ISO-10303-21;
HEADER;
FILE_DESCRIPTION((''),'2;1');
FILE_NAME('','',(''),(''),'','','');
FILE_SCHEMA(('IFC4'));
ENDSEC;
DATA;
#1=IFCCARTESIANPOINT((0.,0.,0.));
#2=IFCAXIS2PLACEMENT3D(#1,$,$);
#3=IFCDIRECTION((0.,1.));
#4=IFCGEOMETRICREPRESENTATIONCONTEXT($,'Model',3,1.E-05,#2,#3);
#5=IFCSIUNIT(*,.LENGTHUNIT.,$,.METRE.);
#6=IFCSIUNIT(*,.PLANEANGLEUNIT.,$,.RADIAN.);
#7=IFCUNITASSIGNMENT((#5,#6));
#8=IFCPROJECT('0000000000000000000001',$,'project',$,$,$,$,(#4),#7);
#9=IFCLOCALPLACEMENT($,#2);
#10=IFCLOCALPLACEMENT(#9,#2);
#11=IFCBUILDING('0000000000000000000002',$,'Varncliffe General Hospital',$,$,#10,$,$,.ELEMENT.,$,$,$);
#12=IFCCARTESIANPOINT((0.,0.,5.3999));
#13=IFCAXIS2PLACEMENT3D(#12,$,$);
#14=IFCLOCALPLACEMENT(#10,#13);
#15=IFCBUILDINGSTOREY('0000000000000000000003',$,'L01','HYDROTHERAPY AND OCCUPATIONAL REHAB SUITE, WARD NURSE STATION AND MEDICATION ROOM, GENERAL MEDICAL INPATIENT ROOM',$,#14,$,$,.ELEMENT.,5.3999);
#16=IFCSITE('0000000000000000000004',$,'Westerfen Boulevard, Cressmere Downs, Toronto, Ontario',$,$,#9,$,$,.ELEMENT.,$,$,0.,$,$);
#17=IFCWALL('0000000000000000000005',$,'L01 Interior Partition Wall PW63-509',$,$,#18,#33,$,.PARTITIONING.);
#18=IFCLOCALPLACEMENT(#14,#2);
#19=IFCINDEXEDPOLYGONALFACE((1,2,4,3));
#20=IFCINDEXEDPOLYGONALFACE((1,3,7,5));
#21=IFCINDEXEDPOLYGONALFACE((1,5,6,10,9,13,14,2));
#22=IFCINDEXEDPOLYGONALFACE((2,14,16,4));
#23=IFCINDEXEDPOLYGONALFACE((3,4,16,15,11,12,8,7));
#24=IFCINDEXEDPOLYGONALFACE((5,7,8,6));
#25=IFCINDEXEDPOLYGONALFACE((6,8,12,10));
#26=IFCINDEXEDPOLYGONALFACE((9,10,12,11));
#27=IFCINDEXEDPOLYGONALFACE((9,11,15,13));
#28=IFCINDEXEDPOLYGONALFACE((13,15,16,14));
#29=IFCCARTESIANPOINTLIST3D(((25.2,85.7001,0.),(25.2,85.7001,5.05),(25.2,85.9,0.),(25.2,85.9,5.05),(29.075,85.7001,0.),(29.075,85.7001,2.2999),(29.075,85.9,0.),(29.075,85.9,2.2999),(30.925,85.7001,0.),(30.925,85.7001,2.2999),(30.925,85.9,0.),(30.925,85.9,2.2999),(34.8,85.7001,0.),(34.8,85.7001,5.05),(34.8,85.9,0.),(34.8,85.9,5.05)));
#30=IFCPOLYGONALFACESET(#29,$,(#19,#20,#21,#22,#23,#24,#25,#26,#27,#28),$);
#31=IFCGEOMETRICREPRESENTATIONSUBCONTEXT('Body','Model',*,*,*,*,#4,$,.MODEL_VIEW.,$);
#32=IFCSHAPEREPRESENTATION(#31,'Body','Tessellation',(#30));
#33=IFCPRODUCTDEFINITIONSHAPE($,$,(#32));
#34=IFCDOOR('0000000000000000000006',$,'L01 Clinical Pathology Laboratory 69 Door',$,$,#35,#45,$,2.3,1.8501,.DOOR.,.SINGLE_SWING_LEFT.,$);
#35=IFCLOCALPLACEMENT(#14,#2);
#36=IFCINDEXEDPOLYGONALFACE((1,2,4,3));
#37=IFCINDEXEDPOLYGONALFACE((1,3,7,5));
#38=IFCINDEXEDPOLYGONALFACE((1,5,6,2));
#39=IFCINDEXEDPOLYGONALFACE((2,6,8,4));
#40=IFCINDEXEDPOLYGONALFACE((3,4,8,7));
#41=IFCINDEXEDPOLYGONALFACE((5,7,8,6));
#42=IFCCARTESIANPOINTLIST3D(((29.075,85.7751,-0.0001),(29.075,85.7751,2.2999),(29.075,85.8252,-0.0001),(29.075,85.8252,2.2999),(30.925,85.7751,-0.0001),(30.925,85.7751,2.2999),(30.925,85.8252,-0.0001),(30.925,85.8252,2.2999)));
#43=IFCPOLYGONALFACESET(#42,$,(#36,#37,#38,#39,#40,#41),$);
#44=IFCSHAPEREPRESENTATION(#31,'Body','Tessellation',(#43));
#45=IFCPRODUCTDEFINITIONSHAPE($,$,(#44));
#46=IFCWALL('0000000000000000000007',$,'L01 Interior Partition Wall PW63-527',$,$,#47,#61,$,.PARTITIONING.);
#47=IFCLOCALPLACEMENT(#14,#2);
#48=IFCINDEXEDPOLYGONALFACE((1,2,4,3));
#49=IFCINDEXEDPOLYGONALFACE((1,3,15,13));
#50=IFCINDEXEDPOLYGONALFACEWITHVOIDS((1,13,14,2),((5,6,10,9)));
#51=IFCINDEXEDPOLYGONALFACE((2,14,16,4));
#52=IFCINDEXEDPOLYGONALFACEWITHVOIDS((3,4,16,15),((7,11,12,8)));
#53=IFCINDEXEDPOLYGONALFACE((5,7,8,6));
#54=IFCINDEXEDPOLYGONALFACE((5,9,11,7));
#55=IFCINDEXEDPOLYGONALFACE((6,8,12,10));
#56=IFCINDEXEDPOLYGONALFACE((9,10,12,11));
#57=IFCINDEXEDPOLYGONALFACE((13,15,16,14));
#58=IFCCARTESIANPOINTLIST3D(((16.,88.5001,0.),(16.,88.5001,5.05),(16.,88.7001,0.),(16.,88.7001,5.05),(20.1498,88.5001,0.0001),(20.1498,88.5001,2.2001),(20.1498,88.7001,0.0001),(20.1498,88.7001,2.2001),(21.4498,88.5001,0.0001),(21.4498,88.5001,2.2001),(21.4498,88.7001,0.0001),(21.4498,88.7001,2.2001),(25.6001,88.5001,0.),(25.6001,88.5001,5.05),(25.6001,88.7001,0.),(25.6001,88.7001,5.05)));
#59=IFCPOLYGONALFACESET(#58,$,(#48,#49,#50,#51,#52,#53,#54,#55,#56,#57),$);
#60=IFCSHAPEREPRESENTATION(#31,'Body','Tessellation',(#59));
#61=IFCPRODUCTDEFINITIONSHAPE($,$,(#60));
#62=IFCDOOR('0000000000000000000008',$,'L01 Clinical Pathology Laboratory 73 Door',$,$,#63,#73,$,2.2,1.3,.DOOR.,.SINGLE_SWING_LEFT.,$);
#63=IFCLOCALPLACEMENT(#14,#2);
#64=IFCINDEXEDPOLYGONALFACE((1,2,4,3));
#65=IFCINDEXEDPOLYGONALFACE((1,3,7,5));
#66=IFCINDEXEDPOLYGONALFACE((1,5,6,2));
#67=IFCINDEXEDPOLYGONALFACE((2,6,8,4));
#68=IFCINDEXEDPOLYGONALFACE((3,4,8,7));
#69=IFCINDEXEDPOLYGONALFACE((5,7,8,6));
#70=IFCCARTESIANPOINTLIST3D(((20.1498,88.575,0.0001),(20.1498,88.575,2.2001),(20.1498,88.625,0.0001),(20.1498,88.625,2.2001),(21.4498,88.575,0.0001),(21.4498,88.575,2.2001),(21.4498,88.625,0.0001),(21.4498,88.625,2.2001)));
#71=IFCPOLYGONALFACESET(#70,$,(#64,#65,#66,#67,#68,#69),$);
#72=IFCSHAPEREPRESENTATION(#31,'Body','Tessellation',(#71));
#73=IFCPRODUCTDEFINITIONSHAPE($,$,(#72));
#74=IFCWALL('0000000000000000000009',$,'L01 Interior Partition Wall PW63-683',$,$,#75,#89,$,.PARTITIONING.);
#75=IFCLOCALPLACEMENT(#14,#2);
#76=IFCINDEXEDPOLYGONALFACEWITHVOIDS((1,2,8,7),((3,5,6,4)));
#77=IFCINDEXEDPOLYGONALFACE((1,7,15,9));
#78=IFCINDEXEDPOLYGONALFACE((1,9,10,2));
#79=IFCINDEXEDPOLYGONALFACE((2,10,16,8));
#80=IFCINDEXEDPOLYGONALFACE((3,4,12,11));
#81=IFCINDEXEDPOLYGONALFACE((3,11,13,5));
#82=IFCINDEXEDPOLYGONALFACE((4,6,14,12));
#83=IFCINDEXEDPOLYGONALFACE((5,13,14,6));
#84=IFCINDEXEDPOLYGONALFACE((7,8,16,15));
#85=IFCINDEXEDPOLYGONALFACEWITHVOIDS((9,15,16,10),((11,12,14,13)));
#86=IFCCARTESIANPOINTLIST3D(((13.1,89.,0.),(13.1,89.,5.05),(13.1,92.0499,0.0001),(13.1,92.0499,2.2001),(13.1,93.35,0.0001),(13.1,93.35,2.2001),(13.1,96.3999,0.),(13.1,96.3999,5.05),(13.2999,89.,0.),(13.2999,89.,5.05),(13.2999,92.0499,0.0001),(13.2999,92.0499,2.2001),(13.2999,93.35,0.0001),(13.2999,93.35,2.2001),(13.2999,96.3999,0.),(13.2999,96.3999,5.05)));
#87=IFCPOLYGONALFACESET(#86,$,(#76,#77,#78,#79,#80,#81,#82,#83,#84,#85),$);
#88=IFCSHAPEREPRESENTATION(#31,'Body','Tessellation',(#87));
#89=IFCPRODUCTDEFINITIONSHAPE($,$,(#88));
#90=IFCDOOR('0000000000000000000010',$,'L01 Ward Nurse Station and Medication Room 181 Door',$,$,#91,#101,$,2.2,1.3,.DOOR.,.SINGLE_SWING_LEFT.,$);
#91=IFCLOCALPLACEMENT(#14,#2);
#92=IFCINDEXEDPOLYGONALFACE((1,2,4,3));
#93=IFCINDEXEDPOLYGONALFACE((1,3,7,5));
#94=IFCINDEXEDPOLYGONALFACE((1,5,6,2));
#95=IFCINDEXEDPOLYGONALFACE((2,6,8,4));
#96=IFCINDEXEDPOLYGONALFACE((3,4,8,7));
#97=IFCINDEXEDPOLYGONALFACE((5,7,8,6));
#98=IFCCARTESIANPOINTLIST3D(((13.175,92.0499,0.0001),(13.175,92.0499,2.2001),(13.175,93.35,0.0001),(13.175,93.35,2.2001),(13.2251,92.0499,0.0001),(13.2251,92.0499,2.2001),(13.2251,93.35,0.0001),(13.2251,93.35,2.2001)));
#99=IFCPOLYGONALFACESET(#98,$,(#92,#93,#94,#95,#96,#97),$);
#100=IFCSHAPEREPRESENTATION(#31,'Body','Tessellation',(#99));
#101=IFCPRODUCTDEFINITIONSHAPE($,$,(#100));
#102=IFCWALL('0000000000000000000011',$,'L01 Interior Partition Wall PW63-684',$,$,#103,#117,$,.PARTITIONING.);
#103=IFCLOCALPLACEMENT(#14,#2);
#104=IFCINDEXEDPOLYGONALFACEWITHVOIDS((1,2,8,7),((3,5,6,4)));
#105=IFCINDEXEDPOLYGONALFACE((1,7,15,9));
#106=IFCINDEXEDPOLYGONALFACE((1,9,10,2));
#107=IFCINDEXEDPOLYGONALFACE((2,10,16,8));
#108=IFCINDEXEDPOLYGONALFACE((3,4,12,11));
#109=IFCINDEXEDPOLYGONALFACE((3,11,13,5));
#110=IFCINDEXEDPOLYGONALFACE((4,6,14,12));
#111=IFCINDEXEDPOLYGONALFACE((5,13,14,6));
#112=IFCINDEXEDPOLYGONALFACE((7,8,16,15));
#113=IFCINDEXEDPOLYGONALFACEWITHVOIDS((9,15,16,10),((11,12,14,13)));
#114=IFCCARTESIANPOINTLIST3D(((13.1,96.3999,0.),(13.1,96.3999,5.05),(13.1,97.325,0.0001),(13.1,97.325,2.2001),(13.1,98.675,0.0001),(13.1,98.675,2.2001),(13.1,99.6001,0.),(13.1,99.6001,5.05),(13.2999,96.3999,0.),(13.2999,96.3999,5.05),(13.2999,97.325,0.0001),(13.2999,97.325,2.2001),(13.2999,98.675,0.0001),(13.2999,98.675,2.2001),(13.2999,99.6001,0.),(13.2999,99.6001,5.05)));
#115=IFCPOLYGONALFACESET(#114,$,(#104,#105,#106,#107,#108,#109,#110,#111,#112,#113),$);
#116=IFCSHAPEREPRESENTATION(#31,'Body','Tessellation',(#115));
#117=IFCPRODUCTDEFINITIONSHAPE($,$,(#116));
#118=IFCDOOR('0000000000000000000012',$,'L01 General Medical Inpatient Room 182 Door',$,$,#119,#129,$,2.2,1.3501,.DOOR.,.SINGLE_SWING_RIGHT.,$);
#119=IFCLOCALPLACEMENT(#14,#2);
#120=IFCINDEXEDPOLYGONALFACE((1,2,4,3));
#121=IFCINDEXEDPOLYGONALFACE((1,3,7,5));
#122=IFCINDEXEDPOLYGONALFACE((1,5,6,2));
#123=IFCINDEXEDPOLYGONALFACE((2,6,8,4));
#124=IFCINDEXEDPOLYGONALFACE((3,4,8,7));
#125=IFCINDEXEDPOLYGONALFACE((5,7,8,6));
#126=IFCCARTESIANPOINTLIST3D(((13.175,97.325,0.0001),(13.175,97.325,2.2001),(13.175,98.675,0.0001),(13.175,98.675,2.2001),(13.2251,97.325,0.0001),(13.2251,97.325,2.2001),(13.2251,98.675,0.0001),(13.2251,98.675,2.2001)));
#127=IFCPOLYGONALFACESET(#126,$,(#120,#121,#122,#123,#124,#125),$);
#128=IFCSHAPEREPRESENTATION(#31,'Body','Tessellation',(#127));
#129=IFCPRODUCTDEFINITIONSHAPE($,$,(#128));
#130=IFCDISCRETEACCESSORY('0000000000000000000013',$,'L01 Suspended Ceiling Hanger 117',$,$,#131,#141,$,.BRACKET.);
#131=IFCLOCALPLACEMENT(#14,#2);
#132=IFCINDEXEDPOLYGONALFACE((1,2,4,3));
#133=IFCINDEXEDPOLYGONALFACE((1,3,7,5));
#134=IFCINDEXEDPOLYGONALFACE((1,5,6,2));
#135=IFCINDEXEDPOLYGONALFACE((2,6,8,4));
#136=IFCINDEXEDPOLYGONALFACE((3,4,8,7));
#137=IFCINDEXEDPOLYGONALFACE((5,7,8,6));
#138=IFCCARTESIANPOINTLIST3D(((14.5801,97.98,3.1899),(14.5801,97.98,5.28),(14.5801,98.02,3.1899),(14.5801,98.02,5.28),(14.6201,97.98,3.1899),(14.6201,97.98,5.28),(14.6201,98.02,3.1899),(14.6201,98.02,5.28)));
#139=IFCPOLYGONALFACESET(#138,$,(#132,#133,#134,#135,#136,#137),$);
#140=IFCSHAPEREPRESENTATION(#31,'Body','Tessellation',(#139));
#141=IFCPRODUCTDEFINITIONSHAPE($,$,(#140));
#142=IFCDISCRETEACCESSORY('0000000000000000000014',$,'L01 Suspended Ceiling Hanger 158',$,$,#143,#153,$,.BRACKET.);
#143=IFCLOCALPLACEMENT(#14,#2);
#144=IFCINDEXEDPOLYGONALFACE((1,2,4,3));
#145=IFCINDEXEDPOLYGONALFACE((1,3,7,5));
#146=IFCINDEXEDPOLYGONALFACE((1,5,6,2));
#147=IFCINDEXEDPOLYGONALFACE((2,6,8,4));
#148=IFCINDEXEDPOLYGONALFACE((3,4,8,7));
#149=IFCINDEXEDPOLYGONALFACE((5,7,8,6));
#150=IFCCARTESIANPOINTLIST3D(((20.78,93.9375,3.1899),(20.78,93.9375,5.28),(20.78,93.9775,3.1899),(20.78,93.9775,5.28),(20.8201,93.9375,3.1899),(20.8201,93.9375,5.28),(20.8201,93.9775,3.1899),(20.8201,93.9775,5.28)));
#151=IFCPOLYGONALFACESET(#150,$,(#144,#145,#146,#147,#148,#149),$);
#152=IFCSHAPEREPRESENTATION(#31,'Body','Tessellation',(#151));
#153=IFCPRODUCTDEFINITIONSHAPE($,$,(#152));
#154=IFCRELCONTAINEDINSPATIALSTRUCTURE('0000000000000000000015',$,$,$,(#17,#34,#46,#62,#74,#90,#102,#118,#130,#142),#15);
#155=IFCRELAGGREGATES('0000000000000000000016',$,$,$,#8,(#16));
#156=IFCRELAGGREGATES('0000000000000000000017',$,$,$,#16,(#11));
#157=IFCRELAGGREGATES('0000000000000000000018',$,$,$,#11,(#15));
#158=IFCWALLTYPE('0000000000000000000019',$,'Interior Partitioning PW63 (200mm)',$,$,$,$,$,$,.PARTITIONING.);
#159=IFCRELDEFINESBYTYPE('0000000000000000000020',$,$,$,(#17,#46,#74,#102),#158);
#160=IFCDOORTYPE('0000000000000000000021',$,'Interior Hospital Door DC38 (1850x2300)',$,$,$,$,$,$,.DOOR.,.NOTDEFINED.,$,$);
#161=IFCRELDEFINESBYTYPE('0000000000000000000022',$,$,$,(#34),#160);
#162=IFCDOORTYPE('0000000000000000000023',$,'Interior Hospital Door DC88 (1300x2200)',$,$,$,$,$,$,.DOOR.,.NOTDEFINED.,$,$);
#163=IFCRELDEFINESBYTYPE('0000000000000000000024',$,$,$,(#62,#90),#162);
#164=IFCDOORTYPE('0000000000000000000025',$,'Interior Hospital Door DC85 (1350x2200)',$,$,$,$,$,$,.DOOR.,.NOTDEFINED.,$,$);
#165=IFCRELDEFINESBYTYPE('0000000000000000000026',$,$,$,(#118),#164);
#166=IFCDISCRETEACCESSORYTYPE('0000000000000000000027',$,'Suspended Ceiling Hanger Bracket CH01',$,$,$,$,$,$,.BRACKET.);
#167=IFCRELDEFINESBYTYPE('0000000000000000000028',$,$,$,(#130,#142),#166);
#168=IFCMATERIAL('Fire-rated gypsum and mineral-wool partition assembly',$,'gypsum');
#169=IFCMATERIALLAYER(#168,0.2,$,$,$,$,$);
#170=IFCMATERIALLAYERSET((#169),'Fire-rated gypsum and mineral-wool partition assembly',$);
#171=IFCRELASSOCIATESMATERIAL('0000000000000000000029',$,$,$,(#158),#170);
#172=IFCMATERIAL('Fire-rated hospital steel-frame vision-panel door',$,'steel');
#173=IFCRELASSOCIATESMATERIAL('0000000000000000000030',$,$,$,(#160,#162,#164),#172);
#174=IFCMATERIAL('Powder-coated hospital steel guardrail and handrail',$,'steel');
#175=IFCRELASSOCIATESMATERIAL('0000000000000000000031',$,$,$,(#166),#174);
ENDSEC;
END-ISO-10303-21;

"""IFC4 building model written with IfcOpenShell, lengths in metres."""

from ifc_helpers import new_model, si_unit, direction, frame, frame_2d, origin, origin_2d, place, context, subcontext, project, spatial, rectangle, extrude, material, layer, layer_set, type_object, element, fill, save


model = new_model("IFC4")

# Units and contexts
model_context = context("Model", 3, precision=1e-05, world=origin(), true_north=direction((0.0, 1.0)))
body_context = subcontext(model_context, "Body", "Model", "MODEL_VIEW")
ifc_project = project(units=[si_unit("LENGTHUNIT", "METRE"), si_unit("PLANEANGLEUNIT", "RADIAN")], contexts=[model_context])

# Site, building, storey
site_placement = place(None, origin())
site = spatial("IfcSite", under=ifc_project, at=site_placement, Name="Westerfen Boulevard, Cressmere Downs, Toronto, Ontario", CompositionType="ELEMENT", RefElevation=0.0)
building_placement = place(site_placement, origin())
building = spatial("IfcBuilding", under=site, at=building_placement, Name="Varncliffe General Hospital", CompositionType="ELEMENT")
storey_placement = place(building_placement, frame((0.0, 0.0, 5.3999)))
storey = spatial("IfcBuildingStorey", under=building, at=storey_placement, Name="L01", Description="HYDROTHERAPY AND OCCUPATIONAL REHAB SUITE, WARD NURSE STATION AND MEDICATION ROOM, GENERAL MEDICAL INPATIENT ROOM", CompositionType="ELEMENT", Elevation=5.3999)

# Walls, openings, doors
ifc_material_1 = material(Name="Fire-rated gypsum and mineral-wool partition assembly", Category="gypsum")
ifc_layer_1 = layer(ifc_material_1, 0.2)
ifc_layer_set_1 = layer_set([ifc_layer_1], Name="Fire-rated gypsum and mineral-wool partition assembly")
wall_type_1 = type_object("IfcWallType", Name="Interior Partitioning PW63 (200mm)", PredefinedType="PARTITIONING", material=ifc_layer_set_1)
wall_1_placement = place(storey_placement, frame((25.2, 85.8, 0.0), z_axis=(0.0, 0.0, 1.0), x_axis=(1.0, 0.0, 0.0)))
wall_1 = element("IfcWall", 1, at=wall_1_placement, inside=storey, type_object=wall_type_1, Name="L01 Interior Partition Wall PW63-509", PredefinedType="PARTITIONING", context=body_context, shape_type="SweptSolid", body=[
    extrude(rectangle(XDim=9.6001, YDim=0.2, at=frame_2d((4.8, 0.0))), origin(), (0.0, 0.0, 1.0), 5.05),
])
opening_1_placement = place(wall_1_placement, frame((3.875, 0.0, 0.0)))
opening_1 = element("IfcOpeningElement", 2, at=opening_1_placement, cuts=wall_1, PredefinedType="OPENING", context=body_context, shape_type="SweptSolid", body=[
    extrude(rectangle(XDim=1.8501, YDim=2.3, at=frame_2d((0.925, 1.1499))), frame((0.0, 0.1099, 0.0), z_axis=(0.0, -1.0, 0.0), x_axis=(1.0, 0.0, 0.0)), (0.0, 0.0, 1.0), 0.22),
])
ifc_material_2 = material(Name="Fire-rated hospital steel-frame vision-panel door", Category="steel")
door_type_1 = type_object("IfcDoorType", Name="Interior Hospital Door DC38 (1850x2300)", OperationType="NOTDEFINED", PredefinedType="DOOR", material=ifc_material_2)
door_1_placement = place(opening_1_placement, frame((1.8501, 0.0, 0.0), z_axis=(0.0, 0.0, 1.0), x_axis=(-1.0, 0.0, 0.0)))
door_1 = element("IfcDoor", 3, at=door_1_placement, inside=storey, type_object=door_type_1, Name="L01 Clinical Pathology Laboratory 69 Door", OperationType="SINGLE_SWING_LEFT", OverallHeight=2.3, OverallWidth=1.8501, PredefinedType="DOOR", context=body_context, shape_type="SweptSolid", body=[
    extrude(rectangle(XDim=1.8501, YDim=2.3, at=frame_2d((0.925, 1.1499))), frame((0.0, 0.0249, 0.0), z_axis=(0.0, -1.0, 0.0), x_axis=(1.0, 0.0, 0.0)), (0.0, 0.0, 1.0), 0.05),
])
fill(opening_1, door_1)
wall_2_placement = place(storey_placement, frame((16.0, 88.6001, 0.0), z_axis=(0.0, 0.0, 1.0), x_axis=(1.0, 0.0, 0.0)))
wall_2 = element("IfcWall", 4, at=wall_2_placement, inside=storey, type_object=wall_type_1, Name="L01 Interior Partition Wall PW63-527", PredefinedType="PARTITIONING", context=body_context, shape_type="SweptSolid", body=[
    extrude(rectangle(XDim=9.6001, YDim=0.2, at=frame_2d((4.8, 0.0))), origin(), (0.0, 0.0, 1.0), 5.05),
])
opening_2_placement = place(wall_2_placement, frame((4.1499, 0.0, 0.0)))
opening_2 = element("IfcOpeningElement", 5, at=opening_2_placement, cuts=wall_2, PredefinedType="OPENING", context=body_context, shape_type="SweptSolid", body=[
    extrude(rectangle(XDim=1.3, YDim=2.2, at=frame_2d((0.6499, 1.1001))), frame((0.0, 0.1099, 0.0), z_axis=(0.0, -1.0, 0.0), x_axis=(1.0, 0.0, 0.0)), (0.0, 0.0, 1.0), 0.22),
])
door_type_2 = type_object("IfcDoorType", Name="Interior Hospital Door DC88 (1300x2200)", OperationType="NOTDEFINED", PredefinedType="DOOR", material=ifc_material_2)
door_2_placement = place(opening_2_placement, origin())
door_2 = element("IfcDoor", 6, at=door_2_placement, inside=storey, type_object=door_type_2, Name="L01 Clinical Pathology Laboratory 73 Door", OperationType="SINGLE_SWING_LEFT", OverallHeight=2.2, OverallWidth=1.3, PredefinedType="DOOR", context=body_context, shape_type="SweptSolid", body=[
    extrude(rectangle(XDim=1.3, YDim=2.2, at=frame_2d((0.6499, 1.1001))), frame((0.0, 0.0249, 0.0), z_axis=(0.0, -1.0, 0.0), x_axis=(1.0, 0.0, 0.0)), (0.0, 0.0, 1.0), 0.05),
])
fill(opening_2, door_2)
wall_3_placement = place(storey_placement, frame((13.2, 89.0, 0.0), z_axis=(0.0, 0.0, 1.0), x_axis=(0.0, 1.0, 0.0)))
wall_3 = element("IfcWall", 7, at=wall_3_placement, inside=storey, type_object=wall_type_1, Name="L01 Interior Partition Wall PW63-683", PredefinedType="PARTITIONING", context=body_context, shape_type="SweptSolid", body=[
    extrude(rectangle(XDim=7.3999, YDim=0.2, at=frame_2d((3.7, 0.0))), origin(), (0.0, 0.0, 1.0), 5.05),
])
opening_3_placement = place(wall_3_placement, frame((3.05, 0.0, 0.0)))
opening_3 = element("IfcOpeningElement", 8, at=opening_3_placement, cuts=wall_3, PredefinedType="OPENING", context=body_context, shape_type="SweptSolid", body=[
    extrude(rectangle(XDim=1.3, YDim=2.2, at=frame_2d((0.6499, 1.1001))), frame((0.0, 0.1099, 0.0), z_axis=(0.0, -1.0, 0.0), x_axis=(1.0, 0.0, 0.0)), (0.0, 0.0, 1.0), 0.22),
])
door_3_placement = place(opening_3_placement, origin())
door_3 = element("IfcDoor", 9, at=door_3_placement, inside=storey, type_object=door_type_2, Name="L01 Ward Nurse Station and Medication Room 181 Door", OperationType="SINGLE_SWING_LEFT", OverallHeight=2.2, OverallWidth=1.3, PredefinedType="DOOR", context=body_context, shape_type="SweptSolid", body=[
    extrude(rectangle(XDim=1.3, YDim=2.2, at=frame_2d((0.6499, 1.1001))), frame((0.0, 0.0249, 0.0), z_axis=(0.0, -1.0, 0.0), x_axis=(1.0, 0.0, 0.0)), (0.0, 0.0, 1.0), 0.05),
])
fill(opening_3, door_3)
wall_4_placement = place(storey_placement, frame((13.2, 96.3999, 0.0), z_axis=(0.0, 0.0, 1.0), x_axis=(0.0, 1.0, 0.0)))
wall_4 = element("IfcWall", 10, at=wall_4_placement, inside=storey, type_object=wall_type_1, Name="L01 Interior Partition Wall PW63-684", PredefinedType="PARTITIONING", context=body_context, shape_type="SweptSolid", body=[
    extrude(rectangle(XDim=3.2002, YDim=0.2, at=frame_2d((1.6001, 0.0))), origin(), (0.0, 0.0, 1.0), 5.05),
])
opening_4_placement = place(wall_4_placement, frame((0.925, 0.0, 0.0)))
opening_4 = element("IfcOpeningElement", 11, at=opening_4_placement, cuts=wall_4, PredefinedType="OPENING", context=body_context, shape_type="SweptSolid", body=[
    extrude(rectangle(XDim=1.3501, YDim=2.2, at=frame_2d((0.675, 1.1001))), frame((0.0, 0.1099, 0.0), z_axis=(0.0, -1.0, 0.0), x_axis=(1.0, 0.0, 0.0)), (0.0, 0.0, 1.0), 0.22),
])
door_type_3 = type_object("IfcDoorType", Name="Interior Hospital Door DC85 (1350x2200)", OperationType="NOTDEFINED", PredefinedType="DOOR", material=ifc_material_2)
door_4_placement = place(opening_4_placement, origin())
door_4 = element("IfcDoor", 12, at=door_4_placement, inside=storey, type_object=door_type_3, Name="L01 General Medical Inpatient Room 182 Door", OperationType="SINGLE_SWING_RIGHT", OverallHeight=2.2, OverallWidth=1.3501, PredefinedType="DOOR", context=body_context, shape_type="SweptSolid", body=[
    extrude(rectangle(XDim=1.3501, YDim=2.2, at=frame_2d((0.675, 1.1001))), frame((0.0, 0.0249, 0.0), z_axis=(0.0, -1.0, 0.0), x_axis=(1.0, 0.0, 0.0)), (0.0, 0.0, 1.0), 0.05),
])
fill(opening_4, door_4)

# Discrete accessories
ifc_material_3 = material(Name="Powder-coated hospital steel guardrail and handrail", Category="steel")
discrete_accessory_type = type_object("IfcDiscreteAccessoryType", Name="Suspended Ceiling Hanger Bracket CH01", PredefinedType="BRACKET", material=ifc_material_3)
for number, where, z_axis, x_axis, name in (
    (13, (14.6001, 98.0, 3.1899), (0.0, 0.0, 1.0), (1.0, 0.0, 0.0), "L01 Suspended Ceiling Hanger 117"),
    (14, (20.8, 93.9575, 3.1899), (0.0, 0.0, 1.0), (1.0, 0.0, 0.0), "L01 Suspended Ceiling Hanger 158"),
):
    element("IfcDiscreteAccessory", number, at=place(storey_placement, frame(where, z_axis=z_axis, x_axis=x_axis)), inside=storey, type_object=discrete_accessory_type, Name=name, PredefinedType="BRACKET", context=body_context, shape_type="SweptSolid", body=[
        extrude(rectangle(XDim=0.04, YDim=0.04, at=origin_2d()), origin(), (0.0, 0.0, 1.0), 2.0901),
    ])

save(model, "model.ifc")
